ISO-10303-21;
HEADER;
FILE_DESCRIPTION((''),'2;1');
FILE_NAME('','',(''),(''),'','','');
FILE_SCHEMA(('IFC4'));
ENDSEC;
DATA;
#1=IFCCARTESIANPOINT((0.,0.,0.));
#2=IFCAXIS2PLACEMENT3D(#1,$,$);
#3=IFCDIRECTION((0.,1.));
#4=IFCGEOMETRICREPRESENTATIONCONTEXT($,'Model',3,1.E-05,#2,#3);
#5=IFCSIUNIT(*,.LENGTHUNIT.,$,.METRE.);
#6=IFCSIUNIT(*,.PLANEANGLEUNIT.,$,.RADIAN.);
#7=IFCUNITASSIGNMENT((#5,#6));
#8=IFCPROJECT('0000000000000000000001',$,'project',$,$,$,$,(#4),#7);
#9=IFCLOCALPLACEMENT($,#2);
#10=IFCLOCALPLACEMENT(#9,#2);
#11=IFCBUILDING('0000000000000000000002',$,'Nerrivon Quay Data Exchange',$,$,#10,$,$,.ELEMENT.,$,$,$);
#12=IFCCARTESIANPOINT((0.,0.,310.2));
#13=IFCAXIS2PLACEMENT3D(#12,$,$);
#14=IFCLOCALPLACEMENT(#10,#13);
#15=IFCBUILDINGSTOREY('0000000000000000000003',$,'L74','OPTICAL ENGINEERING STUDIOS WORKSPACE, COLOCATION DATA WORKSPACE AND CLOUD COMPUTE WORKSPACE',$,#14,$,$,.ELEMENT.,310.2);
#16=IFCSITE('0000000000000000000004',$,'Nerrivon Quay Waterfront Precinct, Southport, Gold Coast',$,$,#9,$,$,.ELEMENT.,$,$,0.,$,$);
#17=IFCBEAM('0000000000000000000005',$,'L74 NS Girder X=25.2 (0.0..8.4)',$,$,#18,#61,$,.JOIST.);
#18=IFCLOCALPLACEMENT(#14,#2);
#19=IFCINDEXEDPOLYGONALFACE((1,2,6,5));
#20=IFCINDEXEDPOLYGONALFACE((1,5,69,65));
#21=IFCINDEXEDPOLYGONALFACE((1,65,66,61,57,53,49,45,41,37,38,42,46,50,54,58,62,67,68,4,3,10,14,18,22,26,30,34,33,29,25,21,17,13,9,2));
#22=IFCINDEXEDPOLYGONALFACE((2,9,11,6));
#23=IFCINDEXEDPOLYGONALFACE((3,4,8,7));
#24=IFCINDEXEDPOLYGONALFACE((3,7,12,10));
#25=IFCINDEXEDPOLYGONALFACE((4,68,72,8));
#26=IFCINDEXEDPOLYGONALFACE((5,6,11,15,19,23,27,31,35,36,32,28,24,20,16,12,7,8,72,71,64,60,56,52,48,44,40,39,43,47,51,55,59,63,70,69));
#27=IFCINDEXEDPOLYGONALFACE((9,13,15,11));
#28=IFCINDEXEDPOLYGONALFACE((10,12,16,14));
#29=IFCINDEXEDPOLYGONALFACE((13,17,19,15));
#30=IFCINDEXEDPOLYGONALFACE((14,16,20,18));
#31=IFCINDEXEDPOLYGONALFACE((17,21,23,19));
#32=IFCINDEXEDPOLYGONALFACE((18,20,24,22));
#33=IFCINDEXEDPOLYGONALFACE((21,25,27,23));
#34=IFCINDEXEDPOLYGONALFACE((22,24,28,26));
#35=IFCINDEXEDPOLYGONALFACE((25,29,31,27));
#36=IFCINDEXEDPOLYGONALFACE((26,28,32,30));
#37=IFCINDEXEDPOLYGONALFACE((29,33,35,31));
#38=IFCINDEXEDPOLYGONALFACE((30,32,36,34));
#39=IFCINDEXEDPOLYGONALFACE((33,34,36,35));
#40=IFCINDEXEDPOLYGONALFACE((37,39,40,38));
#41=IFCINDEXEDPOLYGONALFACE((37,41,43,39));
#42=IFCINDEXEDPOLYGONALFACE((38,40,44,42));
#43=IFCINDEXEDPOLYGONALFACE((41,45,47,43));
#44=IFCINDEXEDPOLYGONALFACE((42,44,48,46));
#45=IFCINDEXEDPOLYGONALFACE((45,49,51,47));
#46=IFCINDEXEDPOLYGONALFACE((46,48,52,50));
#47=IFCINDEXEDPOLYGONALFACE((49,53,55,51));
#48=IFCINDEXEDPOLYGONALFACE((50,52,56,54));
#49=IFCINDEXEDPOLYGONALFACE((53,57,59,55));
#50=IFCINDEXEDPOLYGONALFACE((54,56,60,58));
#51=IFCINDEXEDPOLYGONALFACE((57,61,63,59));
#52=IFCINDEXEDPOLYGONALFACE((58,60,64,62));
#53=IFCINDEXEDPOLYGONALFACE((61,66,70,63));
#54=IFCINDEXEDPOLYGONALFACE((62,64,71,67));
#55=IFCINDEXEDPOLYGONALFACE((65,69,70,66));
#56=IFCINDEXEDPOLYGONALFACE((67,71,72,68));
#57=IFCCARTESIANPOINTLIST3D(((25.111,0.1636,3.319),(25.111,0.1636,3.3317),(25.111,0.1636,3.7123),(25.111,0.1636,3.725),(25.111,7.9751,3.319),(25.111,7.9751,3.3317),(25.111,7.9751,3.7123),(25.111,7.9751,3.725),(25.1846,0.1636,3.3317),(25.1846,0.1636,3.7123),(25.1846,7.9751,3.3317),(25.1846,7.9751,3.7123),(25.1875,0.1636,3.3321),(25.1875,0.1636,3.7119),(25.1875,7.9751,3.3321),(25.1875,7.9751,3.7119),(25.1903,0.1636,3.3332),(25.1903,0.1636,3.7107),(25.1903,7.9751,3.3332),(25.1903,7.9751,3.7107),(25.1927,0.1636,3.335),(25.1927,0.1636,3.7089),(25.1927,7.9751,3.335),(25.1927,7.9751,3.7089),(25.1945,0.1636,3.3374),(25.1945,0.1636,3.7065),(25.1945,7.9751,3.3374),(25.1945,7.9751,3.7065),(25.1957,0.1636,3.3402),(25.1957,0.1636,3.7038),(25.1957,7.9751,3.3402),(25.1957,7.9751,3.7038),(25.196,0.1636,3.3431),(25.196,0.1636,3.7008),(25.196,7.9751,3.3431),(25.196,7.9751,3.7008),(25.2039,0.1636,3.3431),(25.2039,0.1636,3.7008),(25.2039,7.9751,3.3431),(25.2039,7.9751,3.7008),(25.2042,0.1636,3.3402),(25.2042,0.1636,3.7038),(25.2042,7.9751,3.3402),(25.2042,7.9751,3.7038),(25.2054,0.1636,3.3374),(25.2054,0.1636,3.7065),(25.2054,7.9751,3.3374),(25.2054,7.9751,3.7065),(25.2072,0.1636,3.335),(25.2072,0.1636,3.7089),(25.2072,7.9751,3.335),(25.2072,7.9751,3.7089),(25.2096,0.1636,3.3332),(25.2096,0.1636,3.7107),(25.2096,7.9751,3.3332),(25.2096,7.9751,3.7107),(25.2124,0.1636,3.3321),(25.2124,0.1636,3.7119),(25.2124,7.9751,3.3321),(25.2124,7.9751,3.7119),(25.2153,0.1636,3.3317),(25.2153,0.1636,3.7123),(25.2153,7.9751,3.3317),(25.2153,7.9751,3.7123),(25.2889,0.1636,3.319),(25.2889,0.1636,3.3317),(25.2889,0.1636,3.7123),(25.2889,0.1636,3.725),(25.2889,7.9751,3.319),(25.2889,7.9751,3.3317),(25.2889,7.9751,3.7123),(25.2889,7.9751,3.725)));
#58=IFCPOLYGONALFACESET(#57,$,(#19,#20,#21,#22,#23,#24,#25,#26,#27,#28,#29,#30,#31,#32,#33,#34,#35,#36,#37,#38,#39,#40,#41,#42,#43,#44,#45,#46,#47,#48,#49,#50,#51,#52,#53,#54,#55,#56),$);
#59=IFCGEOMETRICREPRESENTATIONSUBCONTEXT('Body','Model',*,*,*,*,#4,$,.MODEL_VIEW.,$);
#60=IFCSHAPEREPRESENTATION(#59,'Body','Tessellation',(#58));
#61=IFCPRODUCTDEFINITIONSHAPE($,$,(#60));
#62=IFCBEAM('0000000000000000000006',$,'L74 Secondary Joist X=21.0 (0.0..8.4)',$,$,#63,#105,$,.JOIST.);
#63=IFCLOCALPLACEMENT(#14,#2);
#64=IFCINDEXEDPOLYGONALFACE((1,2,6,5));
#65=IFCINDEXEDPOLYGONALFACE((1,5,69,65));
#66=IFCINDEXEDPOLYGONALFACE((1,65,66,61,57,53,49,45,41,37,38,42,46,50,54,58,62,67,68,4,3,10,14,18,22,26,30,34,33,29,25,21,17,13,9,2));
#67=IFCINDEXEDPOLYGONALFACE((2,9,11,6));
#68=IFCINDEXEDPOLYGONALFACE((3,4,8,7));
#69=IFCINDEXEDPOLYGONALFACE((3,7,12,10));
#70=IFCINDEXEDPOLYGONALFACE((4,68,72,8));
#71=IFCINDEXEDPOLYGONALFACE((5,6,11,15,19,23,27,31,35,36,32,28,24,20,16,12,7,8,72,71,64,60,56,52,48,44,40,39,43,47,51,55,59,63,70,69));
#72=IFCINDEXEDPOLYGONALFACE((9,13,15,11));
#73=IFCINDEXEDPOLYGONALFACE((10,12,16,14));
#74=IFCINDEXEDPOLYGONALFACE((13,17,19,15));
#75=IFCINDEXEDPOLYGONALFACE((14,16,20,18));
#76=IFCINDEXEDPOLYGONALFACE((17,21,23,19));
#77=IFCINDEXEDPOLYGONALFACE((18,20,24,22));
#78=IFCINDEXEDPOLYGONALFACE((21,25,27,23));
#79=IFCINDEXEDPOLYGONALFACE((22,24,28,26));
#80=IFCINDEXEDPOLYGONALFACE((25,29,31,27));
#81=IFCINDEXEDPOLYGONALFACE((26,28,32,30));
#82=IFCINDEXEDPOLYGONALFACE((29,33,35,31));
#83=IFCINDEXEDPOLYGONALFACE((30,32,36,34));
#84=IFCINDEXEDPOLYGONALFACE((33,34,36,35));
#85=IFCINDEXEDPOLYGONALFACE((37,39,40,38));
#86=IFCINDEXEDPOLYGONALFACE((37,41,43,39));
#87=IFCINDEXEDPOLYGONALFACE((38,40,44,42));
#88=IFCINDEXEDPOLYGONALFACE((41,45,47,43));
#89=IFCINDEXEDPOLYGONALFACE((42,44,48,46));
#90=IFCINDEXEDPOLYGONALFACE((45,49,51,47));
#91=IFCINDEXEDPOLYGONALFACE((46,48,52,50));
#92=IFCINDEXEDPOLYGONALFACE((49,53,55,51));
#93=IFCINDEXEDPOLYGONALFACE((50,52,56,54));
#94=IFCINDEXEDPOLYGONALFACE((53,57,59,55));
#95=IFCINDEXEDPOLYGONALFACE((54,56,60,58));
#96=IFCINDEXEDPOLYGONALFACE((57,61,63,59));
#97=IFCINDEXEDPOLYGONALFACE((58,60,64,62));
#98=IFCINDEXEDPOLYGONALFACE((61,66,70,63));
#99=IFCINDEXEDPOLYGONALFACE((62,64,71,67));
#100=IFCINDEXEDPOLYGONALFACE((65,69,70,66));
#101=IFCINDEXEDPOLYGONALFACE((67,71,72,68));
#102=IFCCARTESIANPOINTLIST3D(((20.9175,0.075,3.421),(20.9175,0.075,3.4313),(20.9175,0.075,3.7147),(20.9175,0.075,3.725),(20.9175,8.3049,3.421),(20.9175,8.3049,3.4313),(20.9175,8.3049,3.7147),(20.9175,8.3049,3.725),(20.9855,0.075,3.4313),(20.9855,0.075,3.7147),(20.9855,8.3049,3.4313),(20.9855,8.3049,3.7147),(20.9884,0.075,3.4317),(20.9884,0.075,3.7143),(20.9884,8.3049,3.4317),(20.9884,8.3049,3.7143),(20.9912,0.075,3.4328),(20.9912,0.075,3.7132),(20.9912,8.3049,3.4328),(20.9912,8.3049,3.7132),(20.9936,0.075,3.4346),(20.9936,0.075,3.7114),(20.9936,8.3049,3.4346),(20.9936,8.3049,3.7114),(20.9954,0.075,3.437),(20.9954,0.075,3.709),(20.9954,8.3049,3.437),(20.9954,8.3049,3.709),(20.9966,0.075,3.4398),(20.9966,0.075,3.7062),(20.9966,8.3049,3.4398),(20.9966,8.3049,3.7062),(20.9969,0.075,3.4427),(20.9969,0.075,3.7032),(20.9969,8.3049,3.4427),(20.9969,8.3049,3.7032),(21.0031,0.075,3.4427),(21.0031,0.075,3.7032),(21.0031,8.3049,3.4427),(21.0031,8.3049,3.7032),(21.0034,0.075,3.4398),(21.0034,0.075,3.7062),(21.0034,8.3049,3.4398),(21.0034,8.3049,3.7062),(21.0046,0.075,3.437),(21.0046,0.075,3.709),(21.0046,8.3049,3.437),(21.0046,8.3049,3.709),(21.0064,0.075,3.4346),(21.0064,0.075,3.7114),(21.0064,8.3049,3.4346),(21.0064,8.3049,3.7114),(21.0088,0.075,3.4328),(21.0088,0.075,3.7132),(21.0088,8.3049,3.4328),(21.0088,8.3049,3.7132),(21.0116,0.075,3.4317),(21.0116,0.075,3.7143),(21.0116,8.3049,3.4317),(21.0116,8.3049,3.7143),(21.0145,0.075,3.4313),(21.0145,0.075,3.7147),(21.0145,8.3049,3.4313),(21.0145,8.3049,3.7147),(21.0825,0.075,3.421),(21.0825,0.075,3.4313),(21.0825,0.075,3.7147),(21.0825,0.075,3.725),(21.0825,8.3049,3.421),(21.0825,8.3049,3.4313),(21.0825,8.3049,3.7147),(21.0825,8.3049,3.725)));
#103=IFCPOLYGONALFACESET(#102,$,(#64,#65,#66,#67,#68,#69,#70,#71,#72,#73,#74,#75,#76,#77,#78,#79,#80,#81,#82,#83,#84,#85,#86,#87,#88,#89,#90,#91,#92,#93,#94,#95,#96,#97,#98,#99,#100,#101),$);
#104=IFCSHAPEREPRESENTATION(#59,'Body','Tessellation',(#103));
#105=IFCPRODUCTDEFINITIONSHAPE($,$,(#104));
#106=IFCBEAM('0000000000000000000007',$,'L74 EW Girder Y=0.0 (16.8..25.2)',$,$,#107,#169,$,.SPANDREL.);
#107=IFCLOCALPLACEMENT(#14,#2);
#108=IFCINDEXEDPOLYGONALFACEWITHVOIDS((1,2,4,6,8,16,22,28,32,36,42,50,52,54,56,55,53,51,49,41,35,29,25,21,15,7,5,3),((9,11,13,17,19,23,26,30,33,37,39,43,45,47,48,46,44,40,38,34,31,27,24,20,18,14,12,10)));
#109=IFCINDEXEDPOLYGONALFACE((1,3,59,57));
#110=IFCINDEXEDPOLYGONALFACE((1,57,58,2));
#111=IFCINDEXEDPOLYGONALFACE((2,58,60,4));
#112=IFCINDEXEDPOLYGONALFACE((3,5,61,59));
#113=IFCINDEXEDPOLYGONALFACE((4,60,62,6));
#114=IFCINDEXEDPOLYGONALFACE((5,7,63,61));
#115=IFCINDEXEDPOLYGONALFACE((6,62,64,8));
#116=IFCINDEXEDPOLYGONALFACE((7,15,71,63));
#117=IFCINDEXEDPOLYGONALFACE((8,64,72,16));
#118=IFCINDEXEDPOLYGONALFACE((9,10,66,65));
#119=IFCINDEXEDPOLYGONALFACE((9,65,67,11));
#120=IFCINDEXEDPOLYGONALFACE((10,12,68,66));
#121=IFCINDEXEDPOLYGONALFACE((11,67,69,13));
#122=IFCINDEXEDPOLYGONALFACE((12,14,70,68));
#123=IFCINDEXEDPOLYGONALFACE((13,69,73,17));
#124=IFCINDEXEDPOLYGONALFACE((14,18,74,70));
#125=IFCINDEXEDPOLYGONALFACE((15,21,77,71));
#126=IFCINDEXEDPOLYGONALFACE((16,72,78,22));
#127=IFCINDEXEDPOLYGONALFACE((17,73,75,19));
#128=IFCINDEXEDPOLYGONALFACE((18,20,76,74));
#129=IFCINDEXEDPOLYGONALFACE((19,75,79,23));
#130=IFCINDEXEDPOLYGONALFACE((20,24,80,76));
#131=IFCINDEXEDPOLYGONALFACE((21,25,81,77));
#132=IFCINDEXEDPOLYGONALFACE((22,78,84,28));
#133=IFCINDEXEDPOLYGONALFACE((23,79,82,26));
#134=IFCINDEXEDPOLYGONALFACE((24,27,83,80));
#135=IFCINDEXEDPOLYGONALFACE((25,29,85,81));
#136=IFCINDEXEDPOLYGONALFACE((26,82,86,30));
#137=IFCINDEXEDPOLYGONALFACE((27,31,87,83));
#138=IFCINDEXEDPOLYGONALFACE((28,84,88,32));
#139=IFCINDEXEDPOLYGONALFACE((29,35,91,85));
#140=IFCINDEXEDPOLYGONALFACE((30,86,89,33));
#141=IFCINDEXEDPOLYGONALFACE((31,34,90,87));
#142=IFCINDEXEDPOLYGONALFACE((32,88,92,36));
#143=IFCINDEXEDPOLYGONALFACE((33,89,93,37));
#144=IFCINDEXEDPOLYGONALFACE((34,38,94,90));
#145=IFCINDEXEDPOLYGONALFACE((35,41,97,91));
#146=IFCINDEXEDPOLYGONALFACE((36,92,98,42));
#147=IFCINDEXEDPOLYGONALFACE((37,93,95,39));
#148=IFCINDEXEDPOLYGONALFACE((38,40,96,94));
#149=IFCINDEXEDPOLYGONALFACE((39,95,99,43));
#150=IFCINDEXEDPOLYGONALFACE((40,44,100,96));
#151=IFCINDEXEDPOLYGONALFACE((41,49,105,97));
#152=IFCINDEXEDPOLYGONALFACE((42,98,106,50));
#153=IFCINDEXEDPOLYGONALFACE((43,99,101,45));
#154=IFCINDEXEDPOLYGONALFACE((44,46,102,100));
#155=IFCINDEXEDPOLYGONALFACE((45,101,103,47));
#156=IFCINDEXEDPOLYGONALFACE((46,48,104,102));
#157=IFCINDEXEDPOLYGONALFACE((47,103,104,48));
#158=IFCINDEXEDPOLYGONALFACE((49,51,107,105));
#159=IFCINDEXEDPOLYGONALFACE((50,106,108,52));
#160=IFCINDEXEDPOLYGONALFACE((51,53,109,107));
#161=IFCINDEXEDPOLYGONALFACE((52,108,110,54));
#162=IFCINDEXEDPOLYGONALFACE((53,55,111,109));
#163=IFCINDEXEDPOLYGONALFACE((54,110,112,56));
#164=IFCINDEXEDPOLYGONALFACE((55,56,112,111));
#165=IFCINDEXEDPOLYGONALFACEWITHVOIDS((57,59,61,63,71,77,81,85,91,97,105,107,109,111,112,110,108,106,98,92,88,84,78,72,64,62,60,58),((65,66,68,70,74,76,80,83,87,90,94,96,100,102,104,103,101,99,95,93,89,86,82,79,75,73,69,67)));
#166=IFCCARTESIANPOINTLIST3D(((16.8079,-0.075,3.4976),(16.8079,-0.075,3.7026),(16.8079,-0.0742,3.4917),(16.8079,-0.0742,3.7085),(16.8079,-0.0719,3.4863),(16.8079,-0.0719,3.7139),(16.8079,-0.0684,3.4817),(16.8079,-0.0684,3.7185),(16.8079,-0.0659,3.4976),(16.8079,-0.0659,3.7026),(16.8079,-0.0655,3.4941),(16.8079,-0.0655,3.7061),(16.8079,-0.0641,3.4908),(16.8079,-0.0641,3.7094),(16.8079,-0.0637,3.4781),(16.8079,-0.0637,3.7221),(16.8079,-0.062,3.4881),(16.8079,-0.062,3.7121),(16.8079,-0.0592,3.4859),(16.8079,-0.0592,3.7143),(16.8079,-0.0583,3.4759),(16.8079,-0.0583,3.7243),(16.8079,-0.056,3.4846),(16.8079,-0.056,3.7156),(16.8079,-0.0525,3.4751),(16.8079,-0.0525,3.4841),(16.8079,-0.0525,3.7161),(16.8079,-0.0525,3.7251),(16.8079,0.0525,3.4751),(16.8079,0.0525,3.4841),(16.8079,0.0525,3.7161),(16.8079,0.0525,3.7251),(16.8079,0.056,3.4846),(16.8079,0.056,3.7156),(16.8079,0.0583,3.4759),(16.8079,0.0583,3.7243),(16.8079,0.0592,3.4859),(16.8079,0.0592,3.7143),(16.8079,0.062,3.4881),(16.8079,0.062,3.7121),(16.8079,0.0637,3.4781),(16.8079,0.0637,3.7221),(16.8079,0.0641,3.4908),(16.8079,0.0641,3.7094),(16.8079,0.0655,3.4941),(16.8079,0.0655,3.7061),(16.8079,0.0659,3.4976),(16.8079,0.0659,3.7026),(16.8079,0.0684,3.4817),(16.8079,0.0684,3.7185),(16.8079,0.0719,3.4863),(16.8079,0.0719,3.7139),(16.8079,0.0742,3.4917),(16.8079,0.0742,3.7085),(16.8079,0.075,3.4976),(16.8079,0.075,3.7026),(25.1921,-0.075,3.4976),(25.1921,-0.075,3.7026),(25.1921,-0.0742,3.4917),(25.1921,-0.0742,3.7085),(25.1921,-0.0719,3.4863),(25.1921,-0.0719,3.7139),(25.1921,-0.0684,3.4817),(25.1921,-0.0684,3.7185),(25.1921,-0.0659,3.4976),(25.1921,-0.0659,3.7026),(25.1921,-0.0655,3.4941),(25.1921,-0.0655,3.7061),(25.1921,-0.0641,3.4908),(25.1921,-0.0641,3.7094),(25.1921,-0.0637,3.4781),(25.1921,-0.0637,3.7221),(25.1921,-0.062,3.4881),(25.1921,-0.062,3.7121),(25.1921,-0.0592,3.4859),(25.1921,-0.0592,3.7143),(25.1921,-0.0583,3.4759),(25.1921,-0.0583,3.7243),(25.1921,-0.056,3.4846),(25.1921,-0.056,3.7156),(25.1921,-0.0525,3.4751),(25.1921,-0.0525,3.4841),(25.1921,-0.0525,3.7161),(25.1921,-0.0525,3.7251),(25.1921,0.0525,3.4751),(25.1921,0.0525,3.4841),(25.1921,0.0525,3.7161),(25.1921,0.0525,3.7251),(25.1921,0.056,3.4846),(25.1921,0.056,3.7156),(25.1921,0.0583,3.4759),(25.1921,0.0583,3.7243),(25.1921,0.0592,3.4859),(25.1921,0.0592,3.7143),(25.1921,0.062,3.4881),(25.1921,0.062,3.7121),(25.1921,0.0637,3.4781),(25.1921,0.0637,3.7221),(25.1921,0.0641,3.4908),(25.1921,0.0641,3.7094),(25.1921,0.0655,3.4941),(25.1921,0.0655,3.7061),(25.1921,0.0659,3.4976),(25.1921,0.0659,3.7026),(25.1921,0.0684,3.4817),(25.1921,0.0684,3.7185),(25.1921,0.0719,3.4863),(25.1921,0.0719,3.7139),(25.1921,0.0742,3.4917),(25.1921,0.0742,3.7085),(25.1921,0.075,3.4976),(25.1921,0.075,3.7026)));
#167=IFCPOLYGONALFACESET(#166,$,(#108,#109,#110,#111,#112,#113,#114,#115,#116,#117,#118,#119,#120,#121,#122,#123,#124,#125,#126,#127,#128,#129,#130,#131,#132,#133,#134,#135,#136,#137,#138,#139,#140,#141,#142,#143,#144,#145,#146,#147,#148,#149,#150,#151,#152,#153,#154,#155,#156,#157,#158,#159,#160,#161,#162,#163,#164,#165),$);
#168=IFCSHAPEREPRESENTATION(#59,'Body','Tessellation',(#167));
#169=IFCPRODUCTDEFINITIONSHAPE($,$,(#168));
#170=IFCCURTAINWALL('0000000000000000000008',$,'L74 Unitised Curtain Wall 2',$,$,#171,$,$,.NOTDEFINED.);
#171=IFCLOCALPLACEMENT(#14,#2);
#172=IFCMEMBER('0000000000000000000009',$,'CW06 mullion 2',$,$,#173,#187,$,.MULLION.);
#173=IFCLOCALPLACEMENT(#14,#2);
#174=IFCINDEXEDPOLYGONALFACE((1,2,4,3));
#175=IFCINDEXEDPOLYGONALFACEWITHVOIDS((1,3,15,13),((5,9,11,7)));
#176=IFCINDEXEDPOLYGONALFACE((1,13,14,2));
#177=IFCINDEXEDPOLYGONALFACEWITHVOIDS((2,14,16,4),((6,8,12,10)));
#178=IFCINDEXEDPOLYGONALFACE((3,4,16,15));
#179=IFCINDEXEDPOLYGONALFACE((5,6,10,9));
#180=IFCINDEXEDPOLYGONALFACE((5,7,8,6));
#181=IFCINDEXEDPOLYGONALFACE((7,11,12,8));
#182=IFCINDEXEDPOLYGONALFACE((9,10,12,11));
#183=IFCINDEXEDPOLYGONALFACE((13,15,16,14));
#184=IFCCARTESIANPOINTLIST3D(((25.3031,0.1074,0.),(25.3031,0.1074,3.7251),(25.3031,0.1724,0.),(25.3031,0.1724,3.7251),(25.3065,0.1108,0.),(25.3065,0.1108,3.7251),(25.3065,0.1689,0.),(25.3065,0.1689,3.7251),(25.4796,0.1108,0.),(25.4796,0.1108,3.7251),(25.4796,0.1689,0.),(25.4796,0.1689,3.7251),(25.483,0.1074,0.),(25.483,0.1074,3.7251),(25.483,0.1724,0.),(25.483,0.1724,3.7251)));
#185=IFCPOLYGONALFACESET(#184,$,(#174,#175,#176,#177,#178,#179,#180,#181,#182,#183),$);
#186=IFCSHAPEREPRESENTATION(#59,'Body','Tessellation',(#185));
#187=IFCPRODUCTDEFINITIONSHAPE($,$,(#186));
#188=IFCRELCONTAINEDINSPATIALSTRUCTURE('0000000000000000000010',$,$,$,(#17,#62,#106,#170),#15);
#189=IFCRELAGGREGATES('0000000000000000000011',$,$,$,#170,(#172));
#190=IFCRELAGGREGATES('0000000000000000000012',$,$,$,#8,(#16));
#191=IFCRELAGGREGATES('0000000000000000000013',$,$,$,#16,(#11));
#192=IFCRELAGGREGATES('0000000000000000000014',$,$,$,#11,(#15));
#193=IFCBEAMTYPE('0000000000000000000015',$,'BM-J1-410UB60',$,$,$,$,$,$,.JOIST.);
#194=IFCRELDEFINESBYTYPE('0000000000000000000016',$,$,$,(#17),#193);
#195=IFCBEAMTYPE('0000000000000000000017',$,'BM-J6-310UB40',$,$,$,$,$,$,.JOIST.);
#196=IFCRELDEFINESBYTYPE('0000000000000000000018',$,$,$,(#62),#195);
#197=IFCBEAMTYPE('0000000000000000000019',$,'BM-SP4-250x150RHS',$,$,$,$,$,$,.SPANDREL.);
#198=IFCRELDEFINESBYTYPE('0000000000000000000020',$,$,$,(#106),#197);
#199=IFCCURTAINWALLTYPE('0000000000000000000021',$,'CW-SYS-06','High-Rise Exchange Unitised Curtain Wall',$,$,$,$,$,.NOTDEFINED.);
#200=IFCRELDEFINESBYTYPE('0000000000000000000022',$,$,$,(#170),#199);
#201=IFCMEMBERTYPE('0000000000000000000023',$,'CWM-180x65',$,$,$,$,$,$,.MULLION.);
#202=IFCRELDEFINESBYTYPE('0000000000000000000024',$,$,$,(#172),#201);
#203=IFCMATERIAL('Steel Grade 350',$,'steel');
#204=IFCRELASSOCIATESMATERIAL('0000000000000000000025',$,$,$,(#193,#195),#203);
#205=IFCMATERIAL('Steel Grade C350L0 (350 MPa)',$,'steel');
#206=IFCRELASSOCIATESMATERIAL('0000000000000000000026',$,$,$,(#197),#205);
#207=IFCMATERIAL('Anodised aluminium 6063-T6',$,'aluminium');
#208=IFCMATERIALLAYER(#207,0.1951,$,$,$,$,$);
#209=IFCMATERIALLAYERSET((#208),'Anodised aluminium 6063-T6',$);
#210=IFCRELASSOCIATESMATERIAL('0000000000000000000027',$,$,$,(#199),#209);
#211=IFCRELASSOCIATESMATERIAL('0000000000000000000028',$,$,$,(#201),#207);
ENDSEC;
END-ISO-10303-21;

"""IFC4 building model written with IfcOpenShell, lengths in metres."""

from ifc_helpers import new_model, si_unit, direction, frame, origin, origin_2d, place, context, subcontext, project, spatial, hollow_rectangle, i_section, extrude, material, layer, layer_set, material_profile, profile_set, type_object, element, aggregate, save


model = new_model("IFC4")

# Units and contexts
model_context = context("Model", 3, precision=1e-05, world=origin(), true_north=direction((0.0, 1.0)))
body_context = subcontext(model_context, "Body", "Model", "MODEL_VIEW")
ifc_project = project(units=[si_unit("LENGTHUNIT", "METRE"), si_unit("PLANEANGLEUNIT", "RADIAN")], contexts=[model_context])

# Site, building, storey
site_placement = place(None, origin())
site = spatial("IfcSite", under=ifc_project, at=site_placement, Name="Nerrivon Quay Waterfront Precinct, Southport, Gold Coast", CompositionType="ELEMENT", RefElevation=0.0)
building_placement = place(site_placement, origin())
building = spatial("IfcBuilding", under=site, at=building_placement, Name="Nerrivon Quay Data Exchange", CompositionType="ELEMENT")
storey_placement = place(building_placement, frame((0.0, 0.0, 310.2)))
storey = spatial("IfcBuildingStorey", under=building, at=storey_placement, Name="L74", Description="OPTICAL ENGINEERING STUDIOS WORKSPACE, COLOCATION DATA WORKSPACE AND CLOUD COMPUTE WORKSPACE", CompositionType="ELEMENT", Elevation=310.2)

# Shared definitions
ifc_material_1 = material(Name="Steel Grade 350", Category="steel")

# Beams
ifc_material_profile_1 = material_profile(ifc_material_1, i_section(OverallWidth=0.178, OverallDepth=0.406, WebThickness=0.0078, FlangeThickness=0.0127, FilletRadius=0.0115, at=origin_2d()), Name="410UB59.7")
ifc_profile_set_1 = profile_set([ifc_material_profile_1], Name="Steel Grade 350")
beam_type_1 = type_object("IfcBeamType", Name="BM-J1-410UB60", PredefinedType="JOIST", material=ifc_profile_set_1)
beam_1_placement = place(storey_placement, frame((25.2, 0.1636, 3.522), z_axis=(0.0, 1.0, 0.0), x_axis=(-1.0, 0.0, 0.0)))
element("IfcBeam", 1, at=beam_1_placement, inside=storey, type_object=beam_type_1, Name="L74 NS Girder X=25.2 (0.0..8.4)", PredefinedType="JOIST", context=body_context, shape_type="SweptSolid", body=[
    extrude(i_section(OverallWidth=0.178, OverallDepth=0.406, WebThickness=0.0078, FlangeThickness=0.0127, FilletRadius=0.0115, at=origin_2d()), origin(), (0.0, 0.0, 1.0), 7.8115),
])
ifc_material_profile_2 = material_profile(ifc_material_1, i_section(OverallWidth=0.165, OverallDepth=0.304, WebThickness=0.0061, FlangeThickness=0.0103, FilletRadius=0.0115, at=origin_2d()), Name="310UB40.4")
ifc_profile_set_2 = profile_set([ifc_material_profile_2], Name="Steel Grade 350")
beam_type_2 = type_object("IfcBeamType", Name="BM-J6-310UB40", PredefinedType="JOIST", material=ifc_profile_set_2)
beam_2_placement = place(storey_placement, frame((21.0, 0.075, 3.573), z_axis=(0.0, 1.0, 0.0), x_axis=(-1.0, 0.0, 0.0)))
element("IfcBeam", 2, at=beam_2_placement, inside=storey, type_object=beam_type_2, Name="L74 Secondary Joist X=21.0 (0.0..8.4)", PredefinedType="JOIST", context=body_context, shape_type="SweptSolid", body=[
    extrude(i_section(OverallWidth=0.165, OverallDepth=0.304, WebThickness=0.0061, FlangeThickness=0.0103, FilletRadius=0.0115, at=origin_2d()), origin(), (0.0, 0.0, 1.0), 8.23),
])
ifc_material_2 = material(Name="Steel Grade C350L0 (350 MPa)", Category="steel")
ifc_material_profile_3 = material_profile(ifc_material_2, hollow_rectangle(XDim=0.1499, YDim=0.25, WallThickness=0.009, InnerFilletRadius=0.0134, OuterFilletRadius=0.0225, at=origin_2d()), Name="250x150x9.0RHS")
ifc_profile_set_3 = profile_set([ifc_material_profile_3], Name="Steel Grade C350L0 (350 MPa)")
beam_type_3 = type_object("IfcBeamType", Name="BM-SP4-250x150RHS", PredefinedType="SPANDREL", material=ifc_profile_set_3)
beam_3_placement = place(storey_placement, frame((16.8079, 0.0, 3.6001), z_axis=(1.0, 0.0, 0.0), x_axis=(0.0, 1.0, 0.0)))
element("IfcBeam", 3, at=beam_3_placement, inside=storey, type_object=beam_type_3, Name="L74 EW Girder Y=0.0 (16.8..25.2)", PredefinedType="SPANDREL", context=body_context, shape_type="SweptSolid", body=[
    extrude(hollow_rectangle(XDim=0.1499, YDim=0.25, WallThickness=0.009, InnerFilletRadius=0.0134, OuterFilletRadius=0.0225, at=origin_2d()), origin(), (0.0, 0.0, 1.0), 8.3843),
])

# Curtain wall, member
ifc_material_3 = material(Name="Anodised aluminium 6063-T6", Category="aluminium")
ifc_layer_1 = layer(ifc_material_3, 0.1951)
ifc_layer_set_1 = layer_set([ifc_layer_1], Name="Anodised aluminium 6063-T6")
curtain_wall_type = type_object("IfcCurtainWallType", Name="CW-SYS-06", Description="High-Rise Exchange Unitised Curtain Wall", PredefinedType="NOTDEFINED", material=ifc_layer_set_1)
curtain_wall_placement = place(storey_placement, origin())
curtain_wall = element("IfcCurtainWall", 4, at=curtain_wall_placement, inside=storey, type_object=curtain_wall_type, Name="L74 Unitised Curtain Wall 2", PredefinedType="NOTDEFINED")
ifc_material_profile_4 = material_profile(ifc_material_3, hollow_rectangle(XDim=0.0649, YDim=0.1799, WallThickness=0.0034, at=origin_2d()), Name="ALU-MULL-180x65")
ifc_profile_set_4 = profile_set([ifc_material_profile_4], Name="Anodised aluminium 6063-T6")
member_type = type_object("IfcMemberType", Name="CWM-180x65", PredefinedType="MULLION", material=ifc_profile_set_4)
member_placement = place(storey_placement, frame((25.3931, 0.1399, 0.0), z_axis=(0.0, 0.0, 1.0), x_axis=(0.0, -1.0, 0.0)))
member = element("IfcMember", 5, at=member_placement, type_object=member_type, Name="CW06 mullion 2", PredefinedType="MULLION", context=body_context, shape_type="SweptSolid", body=[
    extrude(hollow_rectangle(XDim=0.0649, YDim=0.1799, WallThickness=0.0034, at=origin_2d()), origin(), (0.0, 0.0, 1.0), 3.7251),
])
aggregate(curtain_wall, [member])

save(model, "model.ifc")
